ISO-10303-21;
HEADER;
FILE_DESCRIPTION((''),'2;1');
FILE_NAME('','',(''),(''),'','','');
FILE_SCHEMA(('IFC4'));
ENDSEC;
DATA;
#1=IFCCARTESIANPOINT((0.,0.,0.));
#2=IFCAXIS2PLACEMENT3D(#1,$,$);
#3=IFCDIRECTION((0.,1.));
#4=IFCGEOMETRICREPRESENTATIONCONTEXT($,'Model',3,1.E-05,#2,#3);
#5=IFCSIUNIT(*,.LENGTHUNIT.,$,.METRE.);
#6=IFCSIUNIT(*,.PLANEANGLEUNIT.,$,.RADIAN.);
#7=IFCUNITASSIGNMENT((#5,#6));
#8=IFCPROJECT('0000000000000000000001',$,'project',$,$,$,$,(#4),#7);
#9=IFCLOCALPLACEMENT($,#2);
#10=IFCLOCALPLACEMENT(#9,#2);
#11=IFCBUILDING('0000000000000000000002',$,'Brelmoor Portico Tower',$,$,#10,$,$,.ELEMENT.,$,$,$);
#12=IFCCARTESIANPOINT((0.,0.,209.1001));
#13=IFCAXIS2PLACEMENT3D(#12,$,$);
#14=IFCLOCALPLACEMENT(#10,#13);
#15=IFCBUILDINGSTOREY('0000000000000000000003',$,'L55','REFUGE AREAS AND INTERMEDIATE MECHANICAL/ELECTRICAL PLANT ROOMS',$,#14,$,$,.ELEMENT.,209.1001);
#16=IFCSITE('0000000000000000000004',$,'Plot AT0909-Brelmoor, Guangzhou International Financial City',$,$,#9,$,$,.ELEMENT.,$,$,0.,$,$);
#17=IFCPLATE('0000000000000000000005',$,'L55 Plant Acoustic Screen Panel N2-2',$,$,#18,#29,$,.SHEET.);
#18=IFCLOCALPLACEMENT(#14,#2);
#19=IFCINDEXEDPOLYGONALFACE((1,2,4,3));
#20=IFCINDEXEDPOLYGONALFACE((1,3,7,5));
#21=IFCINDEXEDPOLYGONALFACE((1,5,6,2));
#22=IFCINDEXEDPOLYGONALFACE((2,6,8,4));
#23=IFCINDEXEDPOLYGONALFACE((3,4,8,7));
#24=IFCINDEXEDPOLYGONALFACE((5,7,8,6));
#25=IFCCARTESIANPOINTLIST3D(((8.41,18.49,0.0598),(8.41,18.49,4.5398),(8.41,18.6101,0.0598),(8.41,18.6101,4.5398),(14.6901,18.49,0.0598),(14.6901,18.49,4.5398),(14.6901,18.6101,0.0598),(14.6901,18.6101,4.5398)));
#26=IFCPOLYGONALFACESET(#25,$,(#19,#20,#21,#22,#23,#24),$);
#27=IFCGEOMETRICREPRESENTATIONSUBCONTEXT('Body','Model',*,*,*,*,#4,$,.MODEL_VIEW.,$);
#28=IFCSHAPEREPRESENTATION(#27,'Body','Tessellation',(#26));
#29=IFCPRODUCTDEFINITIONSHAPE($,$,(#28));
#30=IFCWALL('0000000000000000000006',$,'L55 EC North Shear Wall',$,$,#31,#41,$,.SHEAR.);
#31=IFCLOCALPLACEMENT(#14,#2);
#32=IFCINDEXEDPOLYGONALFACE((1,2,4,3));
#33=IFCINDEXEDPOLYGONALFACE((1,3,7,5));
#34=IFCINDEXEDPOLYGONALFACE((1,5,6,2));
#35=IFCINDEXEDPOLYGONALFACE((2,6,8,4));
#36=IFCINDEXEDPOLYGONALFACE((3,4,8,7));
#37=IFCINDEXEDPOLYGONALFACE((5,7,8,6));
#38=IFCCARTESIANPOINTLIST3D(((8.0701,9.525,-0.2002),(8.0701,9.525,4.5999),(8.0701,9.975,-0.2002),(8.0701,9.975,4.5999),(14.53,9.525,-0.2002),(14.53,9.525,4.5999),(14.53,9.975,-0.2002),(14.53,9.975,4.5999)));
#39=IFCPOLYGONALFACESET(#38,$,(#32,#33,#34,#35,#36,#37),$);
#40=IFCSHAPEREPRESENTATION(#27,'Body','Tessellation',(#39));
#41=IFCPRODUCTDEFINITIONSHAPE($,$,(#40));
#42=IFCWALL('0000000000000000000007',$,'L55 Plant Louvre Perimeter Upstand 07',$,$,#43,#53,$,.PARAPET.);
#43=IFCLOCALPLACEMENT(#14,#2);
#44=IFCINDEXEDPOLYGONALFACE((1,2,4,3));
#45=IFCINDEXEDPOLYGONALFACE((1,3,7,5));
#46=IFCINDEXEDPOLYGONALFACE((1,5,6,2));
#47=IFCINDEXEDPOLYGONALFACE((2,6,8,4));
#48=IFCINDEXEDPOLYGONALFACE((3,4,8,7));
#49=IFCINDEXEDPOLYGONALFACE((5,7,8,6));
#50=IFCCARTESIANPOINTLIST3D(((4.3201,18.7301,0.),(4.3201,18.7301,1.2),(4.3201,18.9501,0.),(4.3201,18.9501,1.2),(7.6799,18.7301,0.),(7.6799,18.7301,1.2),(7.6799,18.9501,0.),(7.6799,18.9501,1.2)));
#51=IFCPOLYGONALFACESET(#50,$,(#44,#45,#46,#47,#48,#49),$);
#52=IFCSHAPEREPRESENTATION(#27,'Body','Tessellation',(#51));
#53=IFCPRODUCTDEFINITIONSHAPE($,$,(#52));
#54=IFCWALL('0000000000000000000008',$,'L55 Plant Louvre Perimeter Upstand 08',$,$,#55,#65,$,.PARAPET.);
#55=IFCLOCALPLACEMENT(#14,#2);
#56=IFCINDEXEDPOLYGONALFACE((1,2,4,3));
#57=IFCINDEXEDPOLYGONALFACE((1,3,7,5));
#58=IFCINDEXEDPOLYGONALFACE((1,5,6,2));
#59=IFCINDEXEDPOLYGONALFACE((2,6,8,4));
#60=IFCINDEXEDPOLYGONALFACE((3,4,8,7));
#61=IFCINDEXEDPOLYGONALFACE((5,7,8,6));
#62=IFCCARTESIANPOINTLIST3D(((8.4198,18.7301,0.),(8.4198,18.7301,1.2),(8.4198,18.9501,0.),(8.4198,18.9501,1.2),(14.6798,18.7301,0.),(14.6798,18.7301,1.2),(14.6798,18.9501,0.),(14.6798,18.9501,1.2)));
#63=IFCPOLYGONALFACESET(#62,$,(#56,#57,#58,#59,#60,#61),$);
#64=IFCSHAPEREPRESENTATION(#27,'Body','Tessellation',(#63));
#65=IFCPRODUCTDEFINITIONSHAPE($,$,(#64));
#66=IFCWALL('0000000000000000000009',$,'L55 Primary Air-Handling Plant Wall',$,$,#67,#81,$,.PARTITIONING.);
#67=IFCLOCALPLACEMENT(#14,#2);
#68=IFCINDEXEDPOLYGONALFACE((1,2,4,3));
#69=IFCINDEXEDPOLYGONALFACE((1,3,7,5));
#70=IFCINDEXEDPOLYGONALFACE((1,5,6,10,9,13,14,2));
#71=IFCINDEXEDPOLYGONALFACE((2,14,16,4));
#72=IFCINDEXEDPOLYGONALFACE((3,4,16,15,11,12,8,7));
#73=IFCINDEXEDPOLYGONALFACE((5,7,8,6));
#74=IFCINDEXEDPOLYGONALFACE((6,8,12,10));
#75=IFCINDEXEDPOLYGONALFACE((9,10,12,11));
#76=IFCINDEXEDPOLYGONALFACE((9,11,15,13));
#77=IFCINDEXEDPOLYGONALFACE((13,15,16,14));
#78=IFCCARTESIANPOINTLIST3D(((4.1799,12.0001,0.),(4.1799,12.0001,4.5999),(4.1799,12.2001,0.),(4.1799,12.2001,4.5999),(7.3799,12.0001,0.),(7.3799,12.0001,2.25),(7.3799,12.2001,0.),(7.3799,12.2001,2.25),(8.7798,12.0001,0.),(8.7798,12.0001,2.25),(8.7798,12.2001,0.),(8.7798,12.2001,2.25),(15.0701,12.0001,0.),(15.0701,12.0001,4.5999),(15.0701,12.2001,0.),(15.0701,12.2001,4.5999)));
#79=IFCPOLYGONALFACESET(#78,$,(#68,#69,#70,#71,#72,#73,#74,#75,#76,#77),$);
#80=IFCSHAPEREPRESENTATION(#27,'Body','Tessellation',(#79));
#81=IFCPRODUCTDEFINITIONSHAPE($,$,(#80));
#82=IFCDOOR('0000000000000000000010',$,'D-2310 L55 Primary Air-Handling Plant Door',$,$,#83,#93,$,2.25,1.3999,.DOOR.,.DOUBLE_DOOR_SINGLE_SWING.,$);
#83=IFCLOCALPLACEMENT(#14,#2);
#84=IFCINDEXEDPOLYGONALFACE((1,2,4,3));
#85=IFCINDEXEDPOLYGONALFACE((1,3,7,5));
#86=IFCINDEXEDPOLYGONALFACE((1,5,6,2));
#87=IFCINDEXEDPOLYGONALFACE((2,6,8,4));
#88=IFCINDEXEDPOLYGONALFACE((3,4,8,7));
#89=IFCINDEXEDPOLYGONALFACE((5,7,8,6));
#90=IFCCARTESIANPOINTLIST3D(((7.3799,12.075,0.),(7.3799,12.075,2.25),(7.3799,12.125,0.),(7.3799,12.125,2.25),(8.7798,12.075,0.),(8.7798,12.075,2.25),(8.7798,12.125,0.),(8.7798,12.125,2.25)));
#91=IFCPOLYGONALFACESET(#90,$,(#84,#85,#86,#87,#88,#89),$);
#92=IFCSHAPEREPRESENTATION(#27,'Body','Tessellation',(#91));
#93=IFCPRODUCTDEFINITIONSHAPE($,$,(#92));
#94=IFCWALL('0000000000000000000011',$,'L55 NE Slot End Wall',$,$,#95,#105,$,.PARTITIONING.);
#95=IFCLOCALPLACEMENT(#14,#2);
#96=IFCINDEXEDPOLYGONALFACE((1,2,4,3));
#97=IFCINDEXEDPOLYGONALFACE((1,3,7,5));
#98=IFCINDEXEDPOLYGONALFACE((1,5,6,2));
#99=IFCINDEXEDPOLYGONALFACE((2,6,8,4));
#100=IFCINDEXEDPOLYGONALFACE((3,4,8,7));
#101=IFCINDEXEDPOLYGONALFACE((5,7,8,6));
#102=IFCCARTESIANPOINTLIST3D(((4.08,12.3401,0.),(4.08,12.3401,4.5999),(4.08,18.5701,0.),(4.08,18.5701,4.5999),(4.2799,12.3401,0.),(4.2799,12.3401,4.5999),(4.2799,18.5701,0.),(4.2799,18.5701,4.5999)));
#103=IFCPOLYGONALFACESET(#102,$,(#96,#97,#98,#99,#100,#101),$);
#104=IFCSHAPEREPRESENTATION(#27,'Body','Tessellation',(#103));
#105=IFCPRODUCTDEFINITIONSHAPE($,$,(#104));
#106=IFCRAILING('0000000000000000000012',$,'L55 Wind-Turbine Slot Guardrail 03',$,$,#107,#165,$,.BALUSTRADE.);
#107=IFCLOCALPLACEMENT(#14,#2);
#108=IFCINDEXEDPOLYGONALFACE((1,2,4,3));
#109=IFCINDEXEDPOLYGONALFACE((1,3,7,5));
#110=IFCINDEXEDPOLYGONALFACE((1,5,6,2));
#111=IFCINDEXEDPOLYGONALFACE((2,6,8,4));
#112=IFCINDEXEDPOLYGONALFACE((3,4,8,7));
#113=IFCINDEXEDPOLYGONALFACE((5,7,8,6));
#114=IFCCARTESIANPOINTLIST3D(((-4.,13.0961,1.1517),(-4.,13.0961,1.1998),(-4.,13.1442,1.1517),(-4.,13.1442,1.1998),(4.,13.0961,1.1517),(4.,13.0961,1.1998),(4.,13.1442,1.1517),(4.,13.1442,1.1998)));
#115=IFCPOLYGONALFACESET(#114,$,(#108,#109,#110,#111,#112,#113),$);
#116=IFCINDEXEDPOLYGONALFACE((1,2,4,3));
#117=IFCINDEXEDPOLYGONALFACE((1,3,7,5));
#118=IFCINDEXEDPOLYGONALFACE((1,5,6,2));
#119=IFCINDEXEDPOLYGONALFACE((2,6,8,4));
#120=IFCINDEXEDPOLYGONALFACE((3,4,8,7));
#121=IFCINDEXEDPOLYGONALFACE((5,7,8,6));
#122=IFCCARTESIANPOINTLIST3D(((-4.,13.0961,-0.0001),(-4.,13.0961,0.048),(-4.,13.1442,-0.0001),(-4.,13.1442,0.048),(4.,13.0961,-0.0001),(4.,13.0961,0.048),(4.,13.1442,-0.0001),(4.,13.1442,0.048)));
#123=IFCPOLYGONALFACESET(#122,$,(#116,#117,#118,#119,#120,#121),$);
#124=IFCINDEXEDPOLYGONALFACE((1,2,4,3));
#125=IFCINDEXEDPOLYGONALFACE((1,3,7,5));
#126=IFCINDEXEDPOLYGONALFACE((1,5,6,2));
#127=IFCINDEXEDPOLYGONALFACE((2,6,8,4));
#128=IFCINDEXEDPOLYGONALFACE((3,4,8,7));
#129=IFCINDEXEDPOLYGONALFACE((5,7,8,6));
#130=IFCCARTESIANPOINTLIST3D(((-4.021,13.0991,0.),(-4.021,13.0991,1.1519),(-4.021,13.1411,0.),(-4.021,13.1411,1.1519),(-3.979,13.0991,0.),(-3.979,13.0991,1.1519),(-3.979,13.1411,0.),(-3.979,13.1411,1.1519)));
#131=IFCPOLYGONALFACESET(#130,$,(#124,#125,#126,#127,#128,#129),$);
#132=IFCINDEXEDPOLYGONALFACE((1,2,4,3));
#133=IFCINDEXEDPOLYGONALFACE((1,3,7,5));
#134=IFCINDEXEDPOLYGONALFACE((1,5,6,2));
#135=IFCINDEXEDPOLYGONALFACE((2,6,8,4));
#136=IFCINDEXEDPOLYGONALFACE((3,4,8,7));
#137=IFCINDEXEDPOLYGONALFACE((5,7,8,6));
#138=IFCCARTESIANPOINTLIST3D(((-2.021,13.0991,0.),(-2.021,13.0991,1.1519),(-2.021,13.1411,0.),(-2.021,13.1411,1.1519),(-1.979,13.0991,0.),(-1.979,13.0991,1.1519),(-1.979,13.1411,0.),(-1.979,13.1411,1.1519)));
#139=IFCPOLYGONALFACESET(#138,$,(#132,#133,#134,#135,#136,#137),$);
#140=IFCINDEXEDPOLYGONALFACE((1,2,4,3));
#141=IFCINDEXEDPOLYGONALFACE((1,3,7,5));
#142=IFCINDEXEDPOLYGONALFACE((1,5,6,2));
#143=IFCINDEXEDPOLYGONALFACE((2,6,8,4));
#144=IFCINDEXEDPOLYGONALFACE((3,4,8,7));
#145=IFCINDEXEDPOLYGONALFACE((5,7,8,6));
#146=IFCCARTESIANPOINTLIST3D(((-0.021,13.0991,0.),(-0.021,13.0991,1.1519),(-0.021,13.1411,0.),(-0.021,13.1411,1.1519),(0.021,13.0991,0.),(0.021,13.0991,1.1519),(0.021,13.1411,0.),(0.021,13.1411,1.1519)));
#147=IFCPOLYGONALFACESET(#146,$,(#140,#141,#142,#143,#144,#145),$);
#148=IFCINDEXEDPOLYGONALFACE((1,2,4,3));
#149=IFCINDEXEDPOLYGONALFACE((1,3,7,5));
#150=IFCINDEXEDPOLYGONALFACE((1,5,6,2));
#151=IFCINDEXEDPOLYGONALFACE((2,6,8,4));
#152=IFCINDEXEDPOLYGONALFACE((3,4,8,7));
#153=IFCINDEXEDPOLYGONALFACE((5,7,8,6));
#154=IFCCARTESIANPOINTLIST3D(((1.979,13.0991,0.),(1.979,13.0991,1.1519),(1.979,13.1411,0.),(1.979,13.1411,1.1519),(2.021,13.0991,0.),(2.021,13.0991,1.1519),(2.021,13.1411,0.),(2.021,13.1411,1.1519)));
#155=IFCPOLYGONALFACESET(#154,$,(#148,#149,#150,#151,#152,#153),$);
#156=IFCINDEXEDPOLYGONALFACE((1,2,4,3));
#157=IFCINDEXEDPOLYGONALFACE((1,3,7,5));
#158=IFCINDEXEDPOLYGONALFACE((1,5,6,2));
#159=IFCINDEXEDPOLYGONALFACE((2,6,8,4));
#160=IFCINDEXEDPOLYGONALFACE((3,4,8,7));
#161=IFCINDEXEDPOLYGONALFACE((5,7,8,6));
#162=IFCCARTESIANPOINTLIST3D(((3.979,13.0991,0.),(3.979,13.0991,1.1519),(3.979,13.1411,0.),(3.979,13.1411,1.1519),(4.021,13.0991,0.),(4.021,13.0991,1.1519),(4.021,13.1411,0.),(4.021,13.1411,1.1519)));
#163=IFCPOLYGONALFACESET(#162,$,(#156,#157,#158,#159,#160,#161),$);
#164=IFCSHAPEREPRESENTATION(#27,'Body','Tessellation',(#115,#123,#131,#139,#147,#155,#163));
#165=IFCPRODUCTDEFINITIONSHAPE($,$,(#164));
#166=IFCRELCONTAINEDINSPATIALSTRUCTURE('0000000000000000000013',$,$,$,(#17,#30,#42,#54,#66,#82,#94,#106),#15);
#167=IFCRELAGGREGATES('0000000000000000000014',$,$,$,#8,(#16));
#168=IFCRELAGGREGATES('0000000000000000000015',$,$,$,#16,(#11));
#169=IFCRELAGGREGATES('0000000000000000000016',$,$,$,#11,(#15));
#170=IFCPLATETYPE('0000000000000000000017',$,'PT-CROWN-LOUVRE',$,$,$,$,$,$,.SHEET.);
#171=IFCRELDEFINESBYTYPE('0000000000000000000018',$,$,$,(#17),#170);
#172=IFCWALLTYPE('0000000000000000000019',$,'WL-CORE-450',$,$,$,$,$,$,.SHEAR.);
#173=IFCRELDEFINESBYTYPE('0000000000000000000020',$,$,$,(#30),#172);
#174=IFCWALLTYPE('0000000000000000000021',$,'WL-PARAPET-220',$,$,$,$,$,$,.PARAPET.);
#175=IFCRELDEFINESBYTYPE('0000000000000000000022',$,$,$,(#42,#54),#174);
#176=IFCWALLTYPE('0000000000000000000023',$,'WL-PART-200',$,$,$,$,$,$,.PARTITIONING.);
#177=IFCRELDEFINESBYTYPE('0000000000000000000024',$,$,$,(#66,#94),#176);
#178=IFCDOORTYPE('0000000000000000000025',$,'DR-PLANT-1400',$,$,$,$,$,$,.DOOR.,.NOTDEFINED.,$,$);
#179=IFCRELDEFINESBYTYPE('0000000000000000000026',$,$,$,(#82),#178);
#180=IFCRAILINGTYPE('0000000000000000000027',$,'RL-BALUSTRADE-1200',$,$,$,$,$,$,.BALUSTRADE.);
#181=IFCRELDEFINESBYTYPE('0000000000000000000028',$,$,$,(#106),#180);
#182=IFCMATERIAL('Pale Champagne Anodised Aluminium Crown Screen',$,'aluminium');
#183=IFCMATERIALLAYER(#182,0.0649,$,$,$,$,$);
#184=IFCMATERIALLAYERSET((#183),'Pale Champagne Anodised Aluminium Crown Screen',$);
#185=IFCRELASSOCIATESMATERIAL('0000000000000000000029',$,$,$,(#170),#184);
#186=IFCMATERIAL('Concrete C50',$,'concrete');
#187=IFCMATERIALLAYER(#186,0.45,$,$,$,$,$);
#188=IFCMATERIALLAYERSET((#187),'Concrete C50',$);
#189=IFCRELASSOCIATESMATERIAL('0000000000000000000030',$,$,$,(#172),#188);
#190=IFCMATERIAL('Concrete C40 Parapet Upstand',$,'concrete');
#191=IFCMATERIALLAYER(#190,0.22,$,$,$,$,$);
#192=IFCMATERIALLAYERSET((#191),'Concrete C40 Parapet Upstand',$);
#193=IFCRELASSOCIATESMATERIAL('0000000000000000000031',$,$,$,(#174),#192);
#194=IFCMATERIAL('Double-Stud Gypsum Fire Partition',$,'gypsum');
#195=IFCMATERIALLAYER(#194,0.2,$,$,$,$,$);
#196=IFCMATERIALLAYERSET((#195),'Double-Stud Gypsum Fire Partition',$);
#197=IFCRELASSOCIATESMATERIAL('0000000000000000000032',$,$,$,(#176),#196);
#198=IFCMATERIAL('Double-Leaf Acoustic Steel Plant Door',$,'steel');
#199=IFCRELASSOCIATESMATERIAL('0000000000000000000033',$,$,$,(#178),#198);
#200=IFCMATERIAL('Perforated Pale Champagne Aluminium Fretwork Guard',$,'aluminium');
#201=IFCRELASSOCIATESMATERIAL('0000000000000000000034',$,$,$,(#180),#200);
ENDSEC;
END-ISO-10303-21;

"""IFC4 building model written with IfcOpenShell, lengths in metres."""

from ifc_helpers import new_model, si_unit, direction, frame, frame_2d, origin, origin_2d, place, context, subcontext, project, spatial, rectangle, extrude, material, layer, layer_set, type_object, element, fill, save


model = new_model("IFC4")

# Units and contexts
model_context = context("Model", 3, precision=1e-05, world=origin(), true_north=direction((0.0, 1.0)))
body_context = subcontext(model_context, "Body", "Model", "MODEL_VIEW")
ifc_project = project(units=[si_unit("LENGTHUNIT", "METRE"), si_unit("PLANEANGLEUNIT", "RADIAN")], contexts=[model_context])

# Site, building, storey
site_placement = place(None, origin())
site = spatial("IfcSite", under=ifc_project, at=site_placement, Name="Plot AT0909-Brelmoor, Guangzhou International Financial City", CompositionType="ELEMENT", RefElevation=0.0)
building_placement = place(site_placement, origin())
building = spatial("IfcBuilding", under=site, at=building_placement, Name="Brelmoor Portico Tower", CompositionType="ELEMENT")
storey_placement = place(building_placement, frame((0.0, 0.0, 209.1001)))
storey = spatial("IfcBuildingStorey", under=building, at=storey_placement, Name="L55", Description="REFUGE AREAS AND INTERMEDIATE MECHANICAL/ELECTRICAL PLANT ROOMS", CompositionType="ELEMENT", Elevation=209.1001)

# Plate
ifc_material_1 = material(Name="Pale Champagne Anodised Aluminium Crown Screen", Category="aluminium")
ifc_layer_1 = layer(ifc_material_1, 0.0649)
ifc_layer_set_1 = layer_set([ifc_layer_1], Name="Pale Champagne Anodised Aluminium Crown Screen")
plate_type_1 = type_object("IfcPlateType", Name="PT-CROWN-LOUVRE", PredefinedType="SHEET", material=ifc_layer_set_1)
plate_1_placement = place(storey_placement, frame((11.55, 18.55, 0.0598), z_axis=(0.0, 0.0, 1.0), x_axis=(1.0, 0.0, 0.0)))
element("IfcPlate", 1, at=plate_1_placement, inside=storey, type_object=plate_type_1, Name="L55 Plant Acoustic Screen Panel N2-2", PredefinedType="SHEET", context=body_context, shape_type="SweptSolid", body=[
    extrude(rectangle(XDim=6.28, YDim=0.1201, at=origin_2d()), origin(), (0.0, 0.0, 1.0), 4.48),
])

# Walls
ifc_material_2 = material(Name="Concrete C50", Category="concrete")
ifc_layer_2 = layer(ifc_material_2, 0.45)
ifc_layer_set_2 = layer_set([ifc_layer_2], Name="Concrete C50")
wall_type_1 = type_object("IfcWallType", Name="WL-CORE-450", PredefinedType="SHEAR", material=ifc_layer_set_2)
wall_1_placement = place(storey_placement, frame((8.0701, 9.75, -0.2002), z_axis=(0.0, 0.0, 1.0), x_axis=(1.0, 0.0, 0.0)))
element("IfcWall", 2, at=wall_1_placement, inside=storey, type_object=wall_type_1, Name="L55 EC North Shear Wall", PredefinedType="SHEAR", context=body_context, shape_type="SweptSolid", body=[
    extrude(rectangle(XDim=6.46, YDim=0.45, at=frame_2d((3.23, 0.0))), origin(), (0.0, 0.0, 1.0), 4.8),
])
ifc_material_3 = material(Name="Concrete C40 Parapet Upstand", Category="concrete")
ifc_layer_3 = layer(ifc_material_3, 0.22)
ifc_layer_set_3 = layer_set([ifc_layer_3], Name="Concrete C40 Parapet Upstand")
wall_type_2 = type_object("IfcWallType", Name="WL-PARAPET-220", PredefinedType="PARAPET", material=ifc_layer_set_3)
wall_2_placement = place(storey_placement, frame((4.3201, 18.8401, 0.0), z_axis=(0.0, 0.0, 1.0), x_axis=(1.0, 0.0, 0.0)))
element("IfcWall", 3, at=wall_2_placement, inside=storey, type_object=wall_type_2, Name="L55 Plant Louvre Perimeter Upstand 07", PredefinedType="PARAPET", context=body_context, shape_type="SweptSolid", body=[
    extrude(rectangle(XDim=3.3599, YDim=0.22, at=frame_2d((1.6799, 0.0))), origin(), (0.0, 0.0, 1.0), 1.2),
])
wall_3_placement = place(storey_placement, frame((8.4199, 18.8401, 0.0), z_axis=(0.0, 0.0, 1.0), x_axis=(1.0, 0.0, 0.0)))
element("IfcWall", 4, at=wall_3_placement, inside=storey, type_object=wall_type_2, Name="L55 Plant Louvre Perimeter Upstand 08", PredefinedType="PARAPET", context=body_context, shape_type="SweptSolid", body=[
    extrude(rectangle(XDim=6.26, YDim=0.22, at=frame_2d((3.1299, 0.0))), origin(), (0.0, 0.0, 1.0), 1.2),
])

# Wall, opening, door
ifc_material_4 = material(Name="Double-Stud Gypsum Fire Partition", Category="gypsum")
ifc_layer_4 = layer(ifc_material_4, 0.2)
ifc_layer_set_4 = layer_set([ifc_layer_4], Name="Double-Stud Gypsum Fire Partition")
wall_type_3 = type_object("IfcWallType", Name="WL-PART-200", PredefinedType="PARTITIONING", material=ifc_layer_set_4)
wall_4_placement = place(storey_placement, frame((4.1799, 12.1001, 0.0), z_axis=(0.0, 0.0, 1.0), x_axis=(1.0, 0.0, 0.0)))
wall_4 = element("IfcWall", 5, at=wall_4_placement, inside=storey, type_object=wall_type_3, Name="L55 Primary Air-Handling Plant Wall", PredefinedType="PARTITIONING", context=body_context, shape_type="SweptSolid", body=[
    extrude(rectangle(XDim=10.8901, YDim=0.2, at=frame_2d((5.4451, 0.0))), origin(), (0.0, 0.0, 1.0), 4.5999),
])
opening_placement = place(wall_4_placement, frame((3.2, 0.0, 0.0)))
opening = element("IfcOpeningElement", 6, at=opening_placement, cuts=wall_4, PredefinedType="OPENING", context=body_context, shape_type="SweptSolid", body=[
    extrude(rectangle(XDim=1.3999, YDim=2.25, at=frame_2d((0.7, 1.125))), frame((0.0, 0.1099, 0.0), z_axis=(0.0, -1.0, 0.0), x_axis=(1.0, 0.0, 0.0)), (0.0, 0.0, 1.0), 0.22),
])
ifc_material_5 = material(Name="Double-Leaf Acoustic Steel Plant Door", Category="steel")
door_type = type_object("IfcDoorType", Name="DR-PLANT-1400", OperationType="NOTDEFINED", PredefinedType="DOOR", material=ifc_material_5)
door_placement = place(opening_placement, origin())
door = element("IfcDoor", 7, at=door_placement, inside=storey, type_object=door_type, Name="D-2310 L55 Primary Air-Handling Plant Door", OperationType="DOUBLE_DOOR_SINGLE_SWING", OverallHeight=2.25, OverallWidth=1.3999, PredefinedType="DOOR", context=body_context, shape_type="SweptSolid", body=[
    extrude(rectangle(XDim=1.3999, YDim=2.25, at=frame_2d((0.7, 1.125))), frame((0.0, 0.0249, 0.0), z_axis=(0.0, -1.0, 0.0), x_axis=(1.0, 0.0, 0.0)), (0.0, 0.0, 1.0), 0.05),
])
fill(opening, door)

# Wall
wall_5_placement = place(storey_placement, frame((4.1799, 12.3401, 0.0), z_axis=(0.0, 0.0, 1.0), x_axis=(0.0, 1.0, 0.0)))
element("IfcWall", 8, at=wall_5_placement, inside=storey, type_object=wall_type_3, Name="L55 NE Slot End Wall", PredefinedType="PARTITIONING", context=body_context, shape_type="SweptSolid", body=[
    extrude(rectangle(XDim=6.23, YDim=0.2, at=frame_2d((3.115, 0.0))), origin(), (0.0, 0.0, 1.0), 4.5999),
])

# Railing
ifc_material_6 = material(Name="Perforated Pale Champagne Aluminium Fretwork Guard", Category="aluminium")
railing_type = type_object("IfcRailingType", Name="RL-BALUSTRADE-1200", PredefinedType="BALUSTRADE", material=ifc_material_6)
for number, where, name in (
    (9, (-4.0, 13.1201, 0.0), "L55 Wind-Turbine Slot Guardrail 03"),
):
    element("IfcRailing", number, at=place(storey_placement, frame(where)), inside=storey, type_object=railing_type, Name=name, PredefinedType="BALUSTRADE", context=body_context, shape_type="SweptSolid", body=[
        extrude(rectangle(XDim=0.0481, YDim=0.0481, at=origin_2d()), frame((0.0, 0.0, 1.1758), z_axis=(1.0, 0.0, 0.0), x_axis=(0.0, 1.0, 0.0)), (0.0, 0.0, 1.0), 8.0),
        extrude(rectangle(XDim=0.0481, YDim=0.0481, at=origin_2d()), frame((0.0, 0.0, 0.0239), z_axis=(1.0, 0.0, 0.0), x_axis=(0.0, 1.0, 0.0)), (0.0, 0.0, 1.0), 8.0),
        extrude(rectangle(XDim=0.042, YDim=0.042, at=origin_2d()), origin(), (0.0, 0.0, 1.0), 1.1519),
        extrude(rectangle(XDim=0.042, YDim=0.042, at=origin_2d()), frame((2.0, 0.0, 0.0)), (0.0, 0.0, 1.0), 1.1519),
        extrude(rectangle(XDim=0.042, YDim=0.042, at=origin_2d()), frame((4.0, 0.0, 0.0)), (0.0, 0.0, 1.0), 1.1519),
        extrude(rectangle(XDim=0.042, YDim=0.042, at=origin_2d()), frame((6.0, 0.0, 0.0)), (0.0, 0.0, 1.0), 1.1519),
        extrude(rectangle(XDim=0.042, YDim=0.042, at=origin_2d()), frame((8.0, 0.0, 0.0)), (0.0, 0.0, 1.0), 1.1519),
    ])

save(model, "model.ifc")
